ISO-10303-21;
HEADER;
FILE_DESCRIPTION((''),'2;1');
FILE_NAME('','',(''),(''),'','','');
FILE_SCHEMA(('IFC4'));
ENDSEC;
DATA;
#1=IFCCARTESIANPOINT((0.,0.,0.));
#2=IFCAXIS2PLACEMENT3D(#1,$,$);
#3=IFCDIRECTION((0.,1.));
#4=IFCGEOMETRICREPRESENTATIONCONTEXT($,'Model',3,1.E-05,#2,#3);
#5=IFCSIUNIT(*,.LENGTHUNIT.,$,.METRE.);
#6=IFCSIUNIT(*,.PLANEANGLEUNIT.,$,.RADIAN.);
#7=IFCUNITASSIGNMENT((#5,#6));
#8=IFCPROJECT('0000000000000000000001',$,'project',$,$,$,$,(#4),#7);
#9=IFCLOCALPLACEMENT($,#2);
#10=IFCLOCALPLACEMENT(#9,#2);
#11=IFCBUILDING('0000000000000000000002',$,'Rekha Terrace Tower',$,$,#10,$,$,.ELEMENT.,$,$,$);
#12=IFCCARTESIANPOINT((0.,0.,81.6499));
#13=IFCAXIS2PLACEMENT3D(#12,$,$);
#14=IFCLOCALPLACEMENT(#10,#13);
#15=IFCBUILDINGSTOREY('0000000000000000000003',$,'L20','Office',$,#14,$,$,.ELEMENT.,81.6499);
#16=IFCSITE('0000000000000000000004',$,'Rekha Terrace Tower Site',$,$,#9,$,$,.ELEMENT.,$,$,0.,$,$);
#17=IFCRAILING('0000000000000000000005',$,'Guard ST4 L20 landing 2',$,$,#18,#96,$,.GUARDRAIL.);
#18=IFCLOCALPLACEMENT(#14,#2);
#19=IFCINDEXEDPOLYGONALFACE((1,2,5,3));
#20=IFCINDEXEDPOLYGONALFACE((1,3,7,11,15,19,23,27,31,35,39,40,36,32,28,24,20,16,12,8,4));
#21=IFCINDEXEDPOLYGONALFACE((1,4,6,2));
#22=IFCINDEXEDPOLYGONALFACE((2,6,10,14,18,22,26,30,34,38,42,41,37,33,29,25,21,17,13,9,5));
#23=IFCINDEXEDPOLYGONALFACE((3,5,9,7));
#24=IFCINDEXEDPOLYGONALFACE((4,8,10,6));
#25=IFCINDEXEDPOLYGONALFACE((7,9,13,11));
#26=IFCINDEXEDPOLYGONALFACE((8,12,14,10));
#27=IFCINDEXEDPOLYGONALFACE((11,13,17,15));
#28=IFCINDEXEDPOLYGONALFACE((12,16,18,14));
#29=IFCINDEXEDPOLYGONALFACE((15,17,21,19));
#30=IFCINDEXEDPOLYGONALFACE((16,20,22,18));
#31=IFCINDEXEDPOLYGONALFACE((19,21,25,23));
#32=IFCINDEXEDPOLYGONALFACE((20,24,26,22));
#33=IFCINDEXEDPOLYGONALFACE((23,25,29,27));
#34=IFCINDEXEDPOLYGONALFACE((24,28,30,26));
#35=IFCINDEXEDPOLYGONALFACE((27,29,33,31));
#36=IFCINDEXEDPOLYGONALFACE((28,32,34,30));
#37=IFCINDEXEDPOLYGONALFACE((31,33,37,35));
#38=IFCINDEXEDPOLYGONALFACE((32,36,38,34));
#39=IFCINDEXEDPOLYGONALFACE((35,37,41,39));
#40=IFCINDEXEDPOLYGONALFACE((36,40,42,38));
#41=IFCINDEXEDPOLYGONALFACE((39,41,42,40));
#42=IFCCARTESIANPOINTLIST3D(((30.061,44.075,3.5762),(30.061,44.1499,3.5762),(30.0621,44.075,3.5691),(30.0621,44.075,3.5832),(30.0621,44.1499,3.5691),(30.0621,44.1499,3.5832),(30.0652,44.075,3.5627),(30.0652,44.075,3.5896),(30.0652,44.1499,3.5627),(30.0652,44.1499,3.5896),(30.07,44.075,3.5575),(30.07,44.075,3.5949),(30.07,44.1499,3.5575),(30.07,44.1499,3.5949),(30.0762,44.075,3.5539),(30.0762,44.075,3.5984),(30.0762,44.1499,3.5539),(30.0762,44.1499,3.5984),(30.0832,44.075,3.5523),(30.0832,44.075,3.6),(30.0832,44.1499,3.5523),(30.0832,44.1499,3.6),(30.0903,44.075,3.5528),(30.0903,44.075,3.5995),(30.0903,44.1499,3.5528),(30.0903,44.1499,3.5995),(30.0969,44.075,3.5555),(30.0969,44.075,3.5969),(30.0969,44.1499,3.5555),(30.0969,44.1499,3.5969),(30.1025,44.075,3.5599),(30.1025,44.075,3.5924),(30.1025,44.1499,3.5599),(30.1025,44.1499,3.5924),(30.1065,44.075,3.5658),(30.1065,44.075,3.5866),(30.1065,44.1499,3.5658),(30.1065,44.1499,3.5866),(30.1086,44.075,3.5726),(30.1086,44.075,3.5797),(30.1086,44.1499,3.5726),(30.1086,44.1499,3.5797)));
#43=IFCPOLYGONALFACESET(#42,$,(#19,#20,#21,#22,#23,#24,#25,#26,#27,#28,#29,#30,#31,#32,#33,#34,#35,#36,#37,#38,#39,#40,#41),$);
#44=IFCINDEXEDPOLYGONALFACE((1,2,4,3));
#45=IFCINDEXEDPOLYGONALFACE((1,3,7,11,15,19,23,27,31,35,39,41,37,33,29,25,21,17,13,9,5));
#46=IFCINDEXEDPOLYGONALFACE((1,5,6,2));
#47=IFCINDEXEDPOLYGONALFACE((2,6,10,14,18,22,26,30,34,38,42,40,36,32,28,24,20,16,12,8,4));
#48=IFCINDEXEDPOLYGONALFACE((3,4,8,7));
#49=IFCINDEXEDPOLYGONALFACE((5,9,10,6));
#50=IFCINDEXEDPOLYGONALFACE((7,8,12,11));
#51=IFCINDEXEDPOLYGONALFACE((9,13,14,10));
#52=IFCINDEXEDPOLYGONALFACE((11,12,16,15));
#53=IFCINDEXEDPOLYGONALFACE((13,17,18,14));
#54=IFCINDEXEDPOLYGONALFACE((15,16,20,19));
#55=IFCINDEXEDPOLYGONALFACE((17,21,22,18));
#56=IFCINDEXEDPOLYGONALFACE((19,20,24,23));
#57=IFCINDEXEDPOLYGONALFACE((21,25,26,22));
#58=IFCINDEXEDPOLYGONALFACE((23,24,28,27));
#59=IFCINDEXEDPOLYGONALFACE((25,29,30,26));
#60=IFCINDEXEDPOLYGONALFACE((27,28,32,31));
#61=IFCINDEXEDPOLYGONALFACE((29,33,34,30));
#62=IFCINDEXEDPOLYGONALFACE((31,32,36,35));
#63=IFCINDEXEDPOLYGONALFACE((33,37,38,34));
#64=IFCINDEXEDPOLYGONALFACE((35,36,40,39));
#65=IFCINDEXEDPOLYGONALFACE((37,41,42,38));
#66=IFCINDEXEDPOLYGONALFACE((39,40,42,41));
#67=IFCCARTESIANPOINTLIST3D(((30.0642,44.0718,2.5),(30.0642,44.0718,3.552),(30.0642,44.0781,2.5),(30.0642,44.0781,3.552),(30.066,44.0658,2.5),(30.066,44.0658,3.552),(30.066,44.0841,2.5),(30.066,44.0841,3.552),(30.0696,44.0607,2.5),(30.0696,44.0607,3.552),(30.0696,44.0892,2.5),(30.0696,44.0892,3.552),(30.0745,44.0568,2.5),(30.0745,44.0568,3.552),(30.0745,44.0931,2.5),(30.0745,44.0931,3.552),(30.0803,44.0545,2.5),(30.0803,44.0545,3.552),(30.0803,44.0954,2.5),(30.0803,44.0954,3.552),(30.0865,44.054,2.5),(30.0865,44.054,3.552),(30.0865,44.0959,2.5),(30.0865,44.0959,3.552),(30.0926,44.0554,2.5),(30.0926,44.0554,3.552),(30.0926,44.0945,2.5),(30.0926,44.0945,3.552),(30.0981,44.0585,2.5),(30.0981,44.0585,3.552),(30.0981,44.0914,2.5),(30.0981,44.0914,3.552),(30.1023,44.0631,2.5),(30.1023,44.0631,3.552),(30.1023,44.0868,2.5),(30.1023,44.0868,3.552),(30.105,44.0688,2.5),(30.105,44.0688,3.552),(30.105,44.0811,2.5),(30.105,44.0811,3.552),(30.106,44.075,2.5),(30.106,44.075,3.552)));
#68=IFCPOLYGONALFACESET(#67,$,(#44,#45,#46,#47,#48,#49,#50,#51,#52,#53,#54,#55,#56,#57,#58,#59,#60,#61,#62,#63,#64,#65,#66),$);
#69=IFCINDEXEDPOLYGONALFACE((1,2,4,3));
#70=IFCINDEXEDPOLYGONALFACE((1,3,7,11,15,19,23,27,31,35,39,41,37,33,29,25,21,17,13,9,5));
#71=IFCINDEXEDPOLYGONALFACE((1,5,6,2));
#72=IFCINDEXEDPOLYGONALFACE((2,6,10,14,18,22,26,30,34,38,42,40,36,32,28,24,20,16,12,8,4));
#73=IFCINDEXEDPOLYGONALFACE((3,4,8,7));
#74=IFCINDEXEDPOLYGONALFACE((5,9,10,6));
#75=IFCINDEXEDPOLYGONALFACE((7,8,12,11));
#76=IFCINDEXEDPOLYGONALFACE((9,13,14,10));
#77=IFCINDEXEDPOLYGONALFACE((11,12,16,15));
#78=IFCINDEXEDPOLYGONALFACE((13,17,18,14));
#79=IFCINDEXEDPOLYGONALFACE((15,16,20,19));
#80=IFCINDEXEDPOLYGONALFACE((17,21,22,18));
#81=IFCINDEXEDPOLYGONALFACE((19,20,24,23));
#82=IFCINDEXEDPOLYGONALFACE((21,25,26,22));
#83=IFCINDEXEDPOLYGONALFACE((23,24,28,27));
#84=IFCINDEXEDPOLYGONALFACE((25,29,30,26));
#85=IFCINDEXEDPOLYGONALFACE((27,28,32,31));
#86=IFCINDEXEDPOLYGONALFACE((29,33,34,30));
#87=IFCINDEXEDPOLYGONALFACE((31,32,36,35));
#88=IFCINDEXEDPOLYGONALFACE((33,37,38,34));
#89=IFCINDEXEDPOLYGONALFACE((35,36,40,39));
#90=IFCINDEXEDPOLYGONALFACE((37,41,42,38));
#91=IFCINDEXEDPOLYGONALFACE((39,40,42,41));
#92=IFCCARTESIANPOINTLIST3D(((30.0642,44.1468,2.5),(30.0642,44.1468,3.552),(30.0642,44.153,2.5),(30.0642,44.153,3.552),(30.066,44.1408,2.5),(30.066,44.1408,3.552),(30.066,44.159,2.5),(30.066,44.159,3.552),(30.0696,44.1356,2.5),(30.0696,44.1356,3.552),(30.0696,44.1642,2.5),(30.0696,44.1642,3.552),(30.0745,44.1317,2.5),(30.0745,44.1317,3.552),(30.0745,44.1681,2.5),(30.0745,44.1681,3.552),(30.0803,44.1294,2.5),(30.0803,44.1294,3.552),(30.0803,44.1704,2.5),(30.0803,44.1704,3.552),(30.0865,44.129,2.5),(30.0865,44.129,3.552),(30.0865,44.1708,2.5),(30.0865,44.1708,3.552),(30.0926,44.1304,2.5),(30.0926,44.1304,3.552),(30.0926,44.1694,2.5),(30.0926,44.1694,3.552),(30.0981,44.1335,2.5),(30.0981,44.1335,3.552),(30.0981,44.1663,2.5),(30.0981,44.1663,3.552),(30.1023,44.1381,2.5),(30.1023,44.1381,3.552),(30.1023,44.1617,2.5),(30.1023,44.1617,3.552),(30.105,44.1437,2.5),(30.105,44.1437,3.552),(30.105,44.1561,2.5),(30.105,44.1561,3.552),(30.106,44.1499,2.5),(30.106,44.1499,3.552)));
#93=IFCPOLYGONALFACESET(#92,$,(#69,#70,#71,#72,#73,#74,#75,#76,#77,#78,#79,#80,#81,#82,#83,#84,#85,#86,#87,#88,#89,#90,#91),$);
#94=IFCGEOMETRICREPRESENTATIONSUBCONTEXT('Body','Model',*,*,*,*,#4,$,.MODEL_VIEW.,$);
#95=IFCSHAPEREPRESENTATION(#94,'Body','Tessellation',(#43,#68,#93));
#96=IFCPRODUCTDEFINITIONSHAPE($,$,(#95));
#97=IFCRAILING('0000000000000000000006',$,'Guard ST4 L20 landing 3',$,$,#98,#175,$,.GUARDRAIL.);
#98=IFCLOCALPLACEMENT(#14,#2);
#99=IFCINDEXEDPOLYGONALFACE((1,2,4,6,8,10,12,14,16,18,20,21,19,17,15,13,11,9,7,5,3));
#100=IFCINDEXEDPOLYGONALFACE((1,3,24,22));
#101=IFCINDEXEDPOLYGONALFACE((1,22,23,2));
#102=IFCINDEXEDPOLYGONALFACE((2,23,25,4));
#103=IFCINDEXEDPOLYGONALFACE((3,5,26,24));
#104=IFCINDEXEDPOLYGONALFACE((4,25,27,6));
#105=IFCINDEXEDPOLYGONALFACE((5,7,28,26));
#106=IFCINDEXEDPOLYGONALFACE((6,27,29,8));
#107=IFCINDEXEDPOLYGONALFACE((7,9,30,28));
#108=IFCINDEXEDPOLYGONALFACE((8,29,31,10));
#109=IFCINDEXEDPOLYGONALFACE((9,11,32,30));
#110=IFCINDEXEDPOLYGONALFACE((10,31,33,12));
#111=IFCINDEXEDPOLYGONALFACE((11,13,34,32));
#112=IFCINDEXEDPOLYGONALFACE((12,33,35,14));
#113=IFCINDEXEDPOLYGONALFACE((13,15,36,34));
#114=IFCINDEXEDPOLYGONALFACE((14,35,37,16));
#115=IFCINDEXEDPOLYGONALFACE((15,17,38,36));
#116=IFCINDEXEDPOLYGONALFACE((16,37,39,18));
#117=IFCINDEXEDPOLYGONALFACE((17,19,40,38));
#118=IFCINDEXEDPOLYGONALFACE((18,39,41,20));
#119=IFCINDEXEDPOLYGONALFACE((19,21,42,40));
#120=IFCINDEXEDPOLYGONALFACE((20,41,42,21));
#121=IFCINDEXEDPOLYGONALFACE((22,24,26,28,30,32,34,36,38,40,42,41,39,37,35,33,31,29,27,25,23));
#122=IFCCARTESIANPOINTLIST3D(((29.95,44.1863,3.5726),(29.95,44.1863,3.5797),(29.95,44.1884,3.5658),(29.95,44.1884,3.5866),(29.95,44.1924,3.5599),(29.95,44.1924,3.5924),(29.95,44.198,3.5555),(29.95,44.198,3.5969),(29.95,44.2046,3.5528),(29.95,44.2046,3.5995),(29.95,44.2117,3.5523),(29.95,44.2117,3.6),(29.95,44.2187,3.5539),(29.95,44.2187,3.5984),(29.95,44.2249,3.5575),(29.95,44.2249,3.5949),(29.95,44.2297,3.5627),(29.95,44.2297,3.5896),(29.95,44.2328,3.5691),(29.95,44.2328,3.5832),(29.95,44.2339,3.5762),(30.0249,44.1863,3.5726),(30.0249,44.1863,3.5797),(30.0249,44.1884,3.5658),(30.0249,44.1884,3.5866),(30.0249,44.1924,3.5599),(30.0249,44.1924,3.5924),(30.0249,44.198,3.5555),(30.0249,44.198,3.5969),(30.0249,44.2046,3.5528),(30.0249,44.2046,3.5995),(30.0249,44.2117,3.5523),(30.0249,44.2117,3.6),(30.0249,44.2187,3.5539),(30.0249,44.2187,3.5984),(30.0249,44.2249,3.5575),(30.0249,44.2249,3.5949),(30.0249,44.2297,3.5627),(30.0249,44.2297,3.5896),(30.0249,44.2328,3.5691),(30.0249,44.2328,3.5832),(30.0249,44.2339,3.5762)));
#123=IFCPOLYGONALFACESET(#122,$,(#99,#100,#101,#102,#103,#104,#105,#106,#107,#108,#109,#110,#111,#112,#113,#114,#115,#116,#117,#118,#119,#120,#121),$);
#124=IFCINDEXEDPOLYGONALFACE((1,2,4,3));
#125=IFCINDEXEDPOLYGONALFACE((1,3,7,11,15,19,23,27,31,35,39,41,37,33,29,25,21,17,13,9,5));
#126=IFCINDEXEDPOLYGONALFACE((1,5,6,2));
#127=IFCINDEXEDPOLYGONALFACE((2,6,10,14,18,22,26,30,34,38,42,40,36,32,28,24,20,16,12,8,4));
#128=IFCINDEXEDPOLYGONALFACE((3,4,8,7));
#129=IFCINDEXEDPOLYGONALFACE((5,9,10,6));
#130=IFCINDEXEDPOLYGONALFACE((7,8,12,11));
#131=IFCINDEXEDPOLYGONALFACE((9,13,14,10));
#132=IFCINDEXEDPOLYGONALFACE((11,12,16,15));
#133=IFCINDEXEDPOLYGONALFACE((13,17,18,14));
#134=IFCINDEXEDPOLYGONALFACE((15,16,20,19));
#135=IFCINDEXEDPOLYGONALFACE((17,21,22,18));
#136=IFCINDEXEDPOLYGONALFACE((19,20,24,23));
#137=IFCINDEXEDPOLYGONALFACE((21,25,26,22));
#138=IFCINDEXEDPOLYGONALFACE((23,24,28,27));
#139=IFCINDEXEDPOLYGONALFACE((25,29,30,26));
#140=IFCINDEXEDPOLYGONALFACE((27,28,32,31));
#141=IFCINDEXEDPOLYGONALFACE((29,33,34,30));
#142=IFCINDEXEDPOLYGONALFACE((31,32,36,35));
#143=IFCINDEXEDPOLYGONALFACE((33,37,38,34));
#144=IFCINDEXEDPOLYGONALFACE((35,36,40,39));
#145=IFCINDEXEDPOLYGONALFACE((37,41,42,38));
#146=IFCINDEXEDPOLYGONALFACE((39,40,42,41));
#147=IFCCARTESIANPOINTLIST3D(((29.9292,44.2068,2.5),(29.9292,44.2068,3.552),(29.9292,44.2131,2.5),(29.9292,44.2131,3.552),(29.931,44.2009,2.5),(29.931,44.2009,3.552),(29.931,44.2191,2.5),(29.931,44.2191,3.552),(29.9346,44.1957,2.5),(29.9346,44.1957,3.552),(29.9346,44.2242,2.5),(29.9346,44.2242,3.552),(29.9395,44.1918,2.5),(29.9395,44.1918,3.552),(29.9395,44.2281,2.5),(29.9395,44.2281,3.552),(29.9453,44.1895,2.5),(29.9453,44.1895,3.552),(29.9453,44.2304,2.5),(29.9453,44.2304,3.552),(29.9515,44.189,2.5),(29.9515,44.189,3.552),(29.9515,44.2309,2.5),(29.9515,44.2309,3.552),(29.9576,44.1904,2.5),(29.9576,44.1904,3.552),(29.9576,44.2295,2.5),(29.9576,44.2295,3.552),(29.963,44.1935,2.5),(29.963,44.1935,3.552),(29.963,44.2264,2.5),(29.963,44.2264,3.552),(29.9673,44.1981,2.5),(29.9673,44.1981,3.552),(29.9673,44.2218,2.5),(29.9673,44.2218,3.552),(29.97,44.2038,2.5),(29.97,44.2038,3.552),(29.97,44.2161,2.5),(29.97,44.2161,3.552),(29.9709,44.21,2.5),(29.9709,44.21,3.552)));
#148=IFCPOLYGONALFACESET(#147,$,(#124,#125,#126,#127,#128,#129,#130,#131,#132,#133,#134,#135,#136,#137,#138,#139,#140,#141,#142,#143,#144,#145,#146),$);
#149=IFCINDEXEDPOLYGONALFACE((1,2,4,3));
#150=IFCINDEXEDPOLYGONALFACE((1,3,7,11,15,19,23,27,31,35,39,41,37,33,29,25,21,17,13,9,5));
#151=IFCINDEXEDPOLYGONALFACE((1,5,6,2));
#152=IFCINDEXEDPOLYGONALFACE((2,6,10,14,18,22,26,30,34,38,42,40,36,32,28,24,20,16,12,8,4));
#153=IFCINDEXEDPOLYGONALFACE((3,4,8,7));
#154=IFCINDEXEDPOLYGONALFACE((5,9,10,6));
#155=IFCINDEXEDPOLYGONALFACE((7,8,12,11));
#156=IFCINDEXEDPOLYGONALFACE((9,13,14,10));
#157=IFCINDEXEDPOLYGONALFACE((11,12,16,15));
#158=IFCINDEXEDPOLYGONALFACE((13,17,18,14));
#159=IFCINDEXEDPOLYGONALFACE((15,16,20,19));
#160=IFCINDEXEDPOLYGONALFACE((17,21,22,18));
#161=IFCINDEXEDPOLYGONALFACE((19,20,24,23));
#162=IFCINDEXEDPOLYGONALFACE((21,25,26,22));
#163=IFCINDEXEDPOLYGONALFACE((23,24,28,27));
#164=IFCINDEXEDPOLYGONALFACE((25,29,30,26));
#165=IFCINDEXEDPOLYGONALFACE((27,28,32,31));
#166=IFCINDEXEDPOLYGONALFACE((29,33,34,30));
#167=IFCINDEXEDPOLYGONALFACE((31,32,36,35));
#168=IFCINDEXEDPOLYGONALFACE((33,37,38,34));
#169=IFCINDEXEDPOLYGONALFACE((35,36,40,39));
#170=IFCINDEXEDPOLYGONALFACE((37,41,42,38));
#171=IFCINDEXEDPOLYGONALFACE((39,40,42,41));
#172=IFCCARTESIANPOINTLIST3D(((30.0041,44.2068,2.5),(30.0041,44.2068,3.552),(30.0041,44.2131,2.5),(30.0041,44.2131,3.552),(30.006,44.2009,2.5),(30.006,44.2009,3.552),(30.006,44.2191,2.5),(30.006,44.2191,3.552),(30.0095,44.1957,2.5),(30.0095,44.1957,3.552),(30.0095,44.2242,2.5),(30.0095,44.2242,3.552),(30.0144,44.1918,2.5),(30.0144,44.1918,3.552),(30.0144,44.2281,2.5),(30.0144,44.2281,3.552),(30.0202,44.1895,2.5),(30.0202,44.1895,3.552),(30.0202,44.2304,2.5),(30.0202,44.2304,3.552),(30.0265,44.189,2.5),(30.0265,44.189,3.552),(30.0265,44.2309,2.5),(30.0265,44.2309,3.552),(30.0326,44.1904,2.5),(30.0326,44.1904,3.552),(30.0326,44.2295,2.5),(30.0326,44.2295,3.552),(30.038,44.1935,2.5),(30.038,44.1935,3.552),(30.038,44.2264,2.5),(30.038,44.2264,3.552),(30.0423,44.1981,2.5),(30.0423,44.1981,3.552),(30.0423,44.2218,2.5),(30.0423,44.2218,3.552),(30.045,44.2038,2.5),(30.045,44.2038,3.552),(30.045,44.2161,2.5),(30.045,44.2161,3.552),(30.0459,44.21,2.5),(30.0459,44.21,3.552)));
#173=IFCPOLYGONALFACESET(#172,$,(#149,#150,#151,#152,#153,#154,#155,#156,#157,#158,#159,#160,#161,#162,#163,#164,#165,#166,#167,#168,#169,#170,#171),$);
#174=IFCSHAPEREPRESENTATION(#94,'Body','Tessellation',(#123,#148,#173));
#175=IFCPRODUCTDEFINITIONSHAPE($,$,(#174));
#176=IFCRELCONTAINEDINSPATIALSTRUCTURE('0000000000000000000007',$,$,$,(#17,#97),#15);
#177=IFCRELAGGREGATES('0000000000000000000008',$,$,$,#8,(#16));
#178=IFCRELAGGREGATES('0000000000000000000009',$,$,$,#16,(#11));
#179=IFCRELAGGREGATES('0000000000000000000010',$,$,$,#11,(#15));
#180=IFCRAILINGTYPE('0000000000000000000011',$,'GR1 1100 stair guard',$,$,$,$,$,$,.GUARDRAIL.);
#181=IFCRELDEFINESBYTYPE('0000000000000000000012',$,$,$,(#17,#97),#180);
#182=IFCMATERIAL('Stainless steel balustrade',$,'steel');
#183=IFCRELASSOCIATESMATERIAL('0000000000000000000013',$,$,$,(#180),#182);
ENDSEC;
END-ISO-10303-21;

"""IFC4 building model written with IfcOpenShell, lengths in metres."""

from ifc_helpers import new_model, si_unit, direction, frame, origin, origin_2d, place, context, subcontext, project, spatial, circle, extrude, material, type_object, element, save


model = new_model("IFC4")

# Units and contexts
model_context = context("Model", 3, precision=1e-05, world=origin(), true_north=direction((0.0, 1.0)))
body_context = subcontext(model_context, "Body", "Model", "MODEL_VIEW")
ifc_project = project(units=[si_unit("LENGTHUNIT", "METRE"), si_unit("PLANEANGLEUNIT", "RADIAN")], contexts=[model_context])

# Site, building, storey
site_placement = place(None, origin())
site = spatial("IfcSite", under=ifc_project, at=site_placement, Name="Rekha Terrace Tower Site", CompositionType="ELEMENT", RefElevation=0.0)
building_placement = place(site_placement, origin())
building = spatial("IfcBuilding", under=site, at=building_placement, Name="Rekha Terrace Tower", CompositionType="ELEMENT")
storey_placement = place(building_placement, frame((0.0, 0.0, 81.6499)))
storey = spatial("IfcBuildingStorey", under=building, at=storey_placement, Name="L20", Description="Office", CompositionType="ELEMENT", Elevation=81.6499)

# Railings
ifc_material_1 = material(Name="Stainless steel balustrade", Category="steel")
railing_type_1 = type_object("IfcRailingType", Name="GR1 1100 stair guard", PredefinedType="GUARDRAIL", material=ifc_material_1)
railing_1_placement = place(storey_placement, frame((30.085, 44.075, 2.5)))
element("IfcRailing", 1, at=railing_1_placement, inside=storey, type_object=railing_type_1, Name="Guard ST4 L20 landing 2", PredefinedType="GUARDRAIL", context=body_context, shape_type="SweptSolid", body=[
    extrude(circle(Radius=0.0239, at=origin_2d()), frame((0.0, 0.0, 1.0762), z_axis=(0.0, 1.0, 0.0), x_axis=(-1.0, 0.0, 0.0)), (0.0, 0.0, 1.0), 0.075),
    extrude(circle(Radius=0.021, at=origin_2d()), origin(), (0.0, 0.0, 1.0), 1.052),
    extrude(circle(Radius=0.021, at=origin_2d()), frame((0.0, 0.075, 0.0)), (0.0, 0.0, 1.0), 1.052),
])
railing_2_placement = place(storey_placement, frame((29.95, 44.21, 2.5)))
element("IfcRailing", 2, at=railing_2_placement, inside=storey, type_object=railing_type_1, Name="Guard ST4 L20 landing 3", PredefinedType="GUARDRAIL", context=body_context, shape_type="SweptSolid", body=[
    extrude(circle(Radius=0.0239, at=origin_2d()), frame((0.0, 0.0, 1.0762), z_axis=(1.0, 0.0, 0.0), x_axis=(0.0, 1.0, 0.0)), (0.0, 0.0, 1.0), 0.075),
    extrude(circle(Radius=0.021, at=origin_2d()), origin(), (0.0, 0.0, 1.0), 1.052),
    extrude(circle(Radius=0.021, at=origin_2d()), frame((0.075, 0.0, 0.0)), (0.0, 0.0, 1.0), 1.052),
])

save(model, "model.ifc")
